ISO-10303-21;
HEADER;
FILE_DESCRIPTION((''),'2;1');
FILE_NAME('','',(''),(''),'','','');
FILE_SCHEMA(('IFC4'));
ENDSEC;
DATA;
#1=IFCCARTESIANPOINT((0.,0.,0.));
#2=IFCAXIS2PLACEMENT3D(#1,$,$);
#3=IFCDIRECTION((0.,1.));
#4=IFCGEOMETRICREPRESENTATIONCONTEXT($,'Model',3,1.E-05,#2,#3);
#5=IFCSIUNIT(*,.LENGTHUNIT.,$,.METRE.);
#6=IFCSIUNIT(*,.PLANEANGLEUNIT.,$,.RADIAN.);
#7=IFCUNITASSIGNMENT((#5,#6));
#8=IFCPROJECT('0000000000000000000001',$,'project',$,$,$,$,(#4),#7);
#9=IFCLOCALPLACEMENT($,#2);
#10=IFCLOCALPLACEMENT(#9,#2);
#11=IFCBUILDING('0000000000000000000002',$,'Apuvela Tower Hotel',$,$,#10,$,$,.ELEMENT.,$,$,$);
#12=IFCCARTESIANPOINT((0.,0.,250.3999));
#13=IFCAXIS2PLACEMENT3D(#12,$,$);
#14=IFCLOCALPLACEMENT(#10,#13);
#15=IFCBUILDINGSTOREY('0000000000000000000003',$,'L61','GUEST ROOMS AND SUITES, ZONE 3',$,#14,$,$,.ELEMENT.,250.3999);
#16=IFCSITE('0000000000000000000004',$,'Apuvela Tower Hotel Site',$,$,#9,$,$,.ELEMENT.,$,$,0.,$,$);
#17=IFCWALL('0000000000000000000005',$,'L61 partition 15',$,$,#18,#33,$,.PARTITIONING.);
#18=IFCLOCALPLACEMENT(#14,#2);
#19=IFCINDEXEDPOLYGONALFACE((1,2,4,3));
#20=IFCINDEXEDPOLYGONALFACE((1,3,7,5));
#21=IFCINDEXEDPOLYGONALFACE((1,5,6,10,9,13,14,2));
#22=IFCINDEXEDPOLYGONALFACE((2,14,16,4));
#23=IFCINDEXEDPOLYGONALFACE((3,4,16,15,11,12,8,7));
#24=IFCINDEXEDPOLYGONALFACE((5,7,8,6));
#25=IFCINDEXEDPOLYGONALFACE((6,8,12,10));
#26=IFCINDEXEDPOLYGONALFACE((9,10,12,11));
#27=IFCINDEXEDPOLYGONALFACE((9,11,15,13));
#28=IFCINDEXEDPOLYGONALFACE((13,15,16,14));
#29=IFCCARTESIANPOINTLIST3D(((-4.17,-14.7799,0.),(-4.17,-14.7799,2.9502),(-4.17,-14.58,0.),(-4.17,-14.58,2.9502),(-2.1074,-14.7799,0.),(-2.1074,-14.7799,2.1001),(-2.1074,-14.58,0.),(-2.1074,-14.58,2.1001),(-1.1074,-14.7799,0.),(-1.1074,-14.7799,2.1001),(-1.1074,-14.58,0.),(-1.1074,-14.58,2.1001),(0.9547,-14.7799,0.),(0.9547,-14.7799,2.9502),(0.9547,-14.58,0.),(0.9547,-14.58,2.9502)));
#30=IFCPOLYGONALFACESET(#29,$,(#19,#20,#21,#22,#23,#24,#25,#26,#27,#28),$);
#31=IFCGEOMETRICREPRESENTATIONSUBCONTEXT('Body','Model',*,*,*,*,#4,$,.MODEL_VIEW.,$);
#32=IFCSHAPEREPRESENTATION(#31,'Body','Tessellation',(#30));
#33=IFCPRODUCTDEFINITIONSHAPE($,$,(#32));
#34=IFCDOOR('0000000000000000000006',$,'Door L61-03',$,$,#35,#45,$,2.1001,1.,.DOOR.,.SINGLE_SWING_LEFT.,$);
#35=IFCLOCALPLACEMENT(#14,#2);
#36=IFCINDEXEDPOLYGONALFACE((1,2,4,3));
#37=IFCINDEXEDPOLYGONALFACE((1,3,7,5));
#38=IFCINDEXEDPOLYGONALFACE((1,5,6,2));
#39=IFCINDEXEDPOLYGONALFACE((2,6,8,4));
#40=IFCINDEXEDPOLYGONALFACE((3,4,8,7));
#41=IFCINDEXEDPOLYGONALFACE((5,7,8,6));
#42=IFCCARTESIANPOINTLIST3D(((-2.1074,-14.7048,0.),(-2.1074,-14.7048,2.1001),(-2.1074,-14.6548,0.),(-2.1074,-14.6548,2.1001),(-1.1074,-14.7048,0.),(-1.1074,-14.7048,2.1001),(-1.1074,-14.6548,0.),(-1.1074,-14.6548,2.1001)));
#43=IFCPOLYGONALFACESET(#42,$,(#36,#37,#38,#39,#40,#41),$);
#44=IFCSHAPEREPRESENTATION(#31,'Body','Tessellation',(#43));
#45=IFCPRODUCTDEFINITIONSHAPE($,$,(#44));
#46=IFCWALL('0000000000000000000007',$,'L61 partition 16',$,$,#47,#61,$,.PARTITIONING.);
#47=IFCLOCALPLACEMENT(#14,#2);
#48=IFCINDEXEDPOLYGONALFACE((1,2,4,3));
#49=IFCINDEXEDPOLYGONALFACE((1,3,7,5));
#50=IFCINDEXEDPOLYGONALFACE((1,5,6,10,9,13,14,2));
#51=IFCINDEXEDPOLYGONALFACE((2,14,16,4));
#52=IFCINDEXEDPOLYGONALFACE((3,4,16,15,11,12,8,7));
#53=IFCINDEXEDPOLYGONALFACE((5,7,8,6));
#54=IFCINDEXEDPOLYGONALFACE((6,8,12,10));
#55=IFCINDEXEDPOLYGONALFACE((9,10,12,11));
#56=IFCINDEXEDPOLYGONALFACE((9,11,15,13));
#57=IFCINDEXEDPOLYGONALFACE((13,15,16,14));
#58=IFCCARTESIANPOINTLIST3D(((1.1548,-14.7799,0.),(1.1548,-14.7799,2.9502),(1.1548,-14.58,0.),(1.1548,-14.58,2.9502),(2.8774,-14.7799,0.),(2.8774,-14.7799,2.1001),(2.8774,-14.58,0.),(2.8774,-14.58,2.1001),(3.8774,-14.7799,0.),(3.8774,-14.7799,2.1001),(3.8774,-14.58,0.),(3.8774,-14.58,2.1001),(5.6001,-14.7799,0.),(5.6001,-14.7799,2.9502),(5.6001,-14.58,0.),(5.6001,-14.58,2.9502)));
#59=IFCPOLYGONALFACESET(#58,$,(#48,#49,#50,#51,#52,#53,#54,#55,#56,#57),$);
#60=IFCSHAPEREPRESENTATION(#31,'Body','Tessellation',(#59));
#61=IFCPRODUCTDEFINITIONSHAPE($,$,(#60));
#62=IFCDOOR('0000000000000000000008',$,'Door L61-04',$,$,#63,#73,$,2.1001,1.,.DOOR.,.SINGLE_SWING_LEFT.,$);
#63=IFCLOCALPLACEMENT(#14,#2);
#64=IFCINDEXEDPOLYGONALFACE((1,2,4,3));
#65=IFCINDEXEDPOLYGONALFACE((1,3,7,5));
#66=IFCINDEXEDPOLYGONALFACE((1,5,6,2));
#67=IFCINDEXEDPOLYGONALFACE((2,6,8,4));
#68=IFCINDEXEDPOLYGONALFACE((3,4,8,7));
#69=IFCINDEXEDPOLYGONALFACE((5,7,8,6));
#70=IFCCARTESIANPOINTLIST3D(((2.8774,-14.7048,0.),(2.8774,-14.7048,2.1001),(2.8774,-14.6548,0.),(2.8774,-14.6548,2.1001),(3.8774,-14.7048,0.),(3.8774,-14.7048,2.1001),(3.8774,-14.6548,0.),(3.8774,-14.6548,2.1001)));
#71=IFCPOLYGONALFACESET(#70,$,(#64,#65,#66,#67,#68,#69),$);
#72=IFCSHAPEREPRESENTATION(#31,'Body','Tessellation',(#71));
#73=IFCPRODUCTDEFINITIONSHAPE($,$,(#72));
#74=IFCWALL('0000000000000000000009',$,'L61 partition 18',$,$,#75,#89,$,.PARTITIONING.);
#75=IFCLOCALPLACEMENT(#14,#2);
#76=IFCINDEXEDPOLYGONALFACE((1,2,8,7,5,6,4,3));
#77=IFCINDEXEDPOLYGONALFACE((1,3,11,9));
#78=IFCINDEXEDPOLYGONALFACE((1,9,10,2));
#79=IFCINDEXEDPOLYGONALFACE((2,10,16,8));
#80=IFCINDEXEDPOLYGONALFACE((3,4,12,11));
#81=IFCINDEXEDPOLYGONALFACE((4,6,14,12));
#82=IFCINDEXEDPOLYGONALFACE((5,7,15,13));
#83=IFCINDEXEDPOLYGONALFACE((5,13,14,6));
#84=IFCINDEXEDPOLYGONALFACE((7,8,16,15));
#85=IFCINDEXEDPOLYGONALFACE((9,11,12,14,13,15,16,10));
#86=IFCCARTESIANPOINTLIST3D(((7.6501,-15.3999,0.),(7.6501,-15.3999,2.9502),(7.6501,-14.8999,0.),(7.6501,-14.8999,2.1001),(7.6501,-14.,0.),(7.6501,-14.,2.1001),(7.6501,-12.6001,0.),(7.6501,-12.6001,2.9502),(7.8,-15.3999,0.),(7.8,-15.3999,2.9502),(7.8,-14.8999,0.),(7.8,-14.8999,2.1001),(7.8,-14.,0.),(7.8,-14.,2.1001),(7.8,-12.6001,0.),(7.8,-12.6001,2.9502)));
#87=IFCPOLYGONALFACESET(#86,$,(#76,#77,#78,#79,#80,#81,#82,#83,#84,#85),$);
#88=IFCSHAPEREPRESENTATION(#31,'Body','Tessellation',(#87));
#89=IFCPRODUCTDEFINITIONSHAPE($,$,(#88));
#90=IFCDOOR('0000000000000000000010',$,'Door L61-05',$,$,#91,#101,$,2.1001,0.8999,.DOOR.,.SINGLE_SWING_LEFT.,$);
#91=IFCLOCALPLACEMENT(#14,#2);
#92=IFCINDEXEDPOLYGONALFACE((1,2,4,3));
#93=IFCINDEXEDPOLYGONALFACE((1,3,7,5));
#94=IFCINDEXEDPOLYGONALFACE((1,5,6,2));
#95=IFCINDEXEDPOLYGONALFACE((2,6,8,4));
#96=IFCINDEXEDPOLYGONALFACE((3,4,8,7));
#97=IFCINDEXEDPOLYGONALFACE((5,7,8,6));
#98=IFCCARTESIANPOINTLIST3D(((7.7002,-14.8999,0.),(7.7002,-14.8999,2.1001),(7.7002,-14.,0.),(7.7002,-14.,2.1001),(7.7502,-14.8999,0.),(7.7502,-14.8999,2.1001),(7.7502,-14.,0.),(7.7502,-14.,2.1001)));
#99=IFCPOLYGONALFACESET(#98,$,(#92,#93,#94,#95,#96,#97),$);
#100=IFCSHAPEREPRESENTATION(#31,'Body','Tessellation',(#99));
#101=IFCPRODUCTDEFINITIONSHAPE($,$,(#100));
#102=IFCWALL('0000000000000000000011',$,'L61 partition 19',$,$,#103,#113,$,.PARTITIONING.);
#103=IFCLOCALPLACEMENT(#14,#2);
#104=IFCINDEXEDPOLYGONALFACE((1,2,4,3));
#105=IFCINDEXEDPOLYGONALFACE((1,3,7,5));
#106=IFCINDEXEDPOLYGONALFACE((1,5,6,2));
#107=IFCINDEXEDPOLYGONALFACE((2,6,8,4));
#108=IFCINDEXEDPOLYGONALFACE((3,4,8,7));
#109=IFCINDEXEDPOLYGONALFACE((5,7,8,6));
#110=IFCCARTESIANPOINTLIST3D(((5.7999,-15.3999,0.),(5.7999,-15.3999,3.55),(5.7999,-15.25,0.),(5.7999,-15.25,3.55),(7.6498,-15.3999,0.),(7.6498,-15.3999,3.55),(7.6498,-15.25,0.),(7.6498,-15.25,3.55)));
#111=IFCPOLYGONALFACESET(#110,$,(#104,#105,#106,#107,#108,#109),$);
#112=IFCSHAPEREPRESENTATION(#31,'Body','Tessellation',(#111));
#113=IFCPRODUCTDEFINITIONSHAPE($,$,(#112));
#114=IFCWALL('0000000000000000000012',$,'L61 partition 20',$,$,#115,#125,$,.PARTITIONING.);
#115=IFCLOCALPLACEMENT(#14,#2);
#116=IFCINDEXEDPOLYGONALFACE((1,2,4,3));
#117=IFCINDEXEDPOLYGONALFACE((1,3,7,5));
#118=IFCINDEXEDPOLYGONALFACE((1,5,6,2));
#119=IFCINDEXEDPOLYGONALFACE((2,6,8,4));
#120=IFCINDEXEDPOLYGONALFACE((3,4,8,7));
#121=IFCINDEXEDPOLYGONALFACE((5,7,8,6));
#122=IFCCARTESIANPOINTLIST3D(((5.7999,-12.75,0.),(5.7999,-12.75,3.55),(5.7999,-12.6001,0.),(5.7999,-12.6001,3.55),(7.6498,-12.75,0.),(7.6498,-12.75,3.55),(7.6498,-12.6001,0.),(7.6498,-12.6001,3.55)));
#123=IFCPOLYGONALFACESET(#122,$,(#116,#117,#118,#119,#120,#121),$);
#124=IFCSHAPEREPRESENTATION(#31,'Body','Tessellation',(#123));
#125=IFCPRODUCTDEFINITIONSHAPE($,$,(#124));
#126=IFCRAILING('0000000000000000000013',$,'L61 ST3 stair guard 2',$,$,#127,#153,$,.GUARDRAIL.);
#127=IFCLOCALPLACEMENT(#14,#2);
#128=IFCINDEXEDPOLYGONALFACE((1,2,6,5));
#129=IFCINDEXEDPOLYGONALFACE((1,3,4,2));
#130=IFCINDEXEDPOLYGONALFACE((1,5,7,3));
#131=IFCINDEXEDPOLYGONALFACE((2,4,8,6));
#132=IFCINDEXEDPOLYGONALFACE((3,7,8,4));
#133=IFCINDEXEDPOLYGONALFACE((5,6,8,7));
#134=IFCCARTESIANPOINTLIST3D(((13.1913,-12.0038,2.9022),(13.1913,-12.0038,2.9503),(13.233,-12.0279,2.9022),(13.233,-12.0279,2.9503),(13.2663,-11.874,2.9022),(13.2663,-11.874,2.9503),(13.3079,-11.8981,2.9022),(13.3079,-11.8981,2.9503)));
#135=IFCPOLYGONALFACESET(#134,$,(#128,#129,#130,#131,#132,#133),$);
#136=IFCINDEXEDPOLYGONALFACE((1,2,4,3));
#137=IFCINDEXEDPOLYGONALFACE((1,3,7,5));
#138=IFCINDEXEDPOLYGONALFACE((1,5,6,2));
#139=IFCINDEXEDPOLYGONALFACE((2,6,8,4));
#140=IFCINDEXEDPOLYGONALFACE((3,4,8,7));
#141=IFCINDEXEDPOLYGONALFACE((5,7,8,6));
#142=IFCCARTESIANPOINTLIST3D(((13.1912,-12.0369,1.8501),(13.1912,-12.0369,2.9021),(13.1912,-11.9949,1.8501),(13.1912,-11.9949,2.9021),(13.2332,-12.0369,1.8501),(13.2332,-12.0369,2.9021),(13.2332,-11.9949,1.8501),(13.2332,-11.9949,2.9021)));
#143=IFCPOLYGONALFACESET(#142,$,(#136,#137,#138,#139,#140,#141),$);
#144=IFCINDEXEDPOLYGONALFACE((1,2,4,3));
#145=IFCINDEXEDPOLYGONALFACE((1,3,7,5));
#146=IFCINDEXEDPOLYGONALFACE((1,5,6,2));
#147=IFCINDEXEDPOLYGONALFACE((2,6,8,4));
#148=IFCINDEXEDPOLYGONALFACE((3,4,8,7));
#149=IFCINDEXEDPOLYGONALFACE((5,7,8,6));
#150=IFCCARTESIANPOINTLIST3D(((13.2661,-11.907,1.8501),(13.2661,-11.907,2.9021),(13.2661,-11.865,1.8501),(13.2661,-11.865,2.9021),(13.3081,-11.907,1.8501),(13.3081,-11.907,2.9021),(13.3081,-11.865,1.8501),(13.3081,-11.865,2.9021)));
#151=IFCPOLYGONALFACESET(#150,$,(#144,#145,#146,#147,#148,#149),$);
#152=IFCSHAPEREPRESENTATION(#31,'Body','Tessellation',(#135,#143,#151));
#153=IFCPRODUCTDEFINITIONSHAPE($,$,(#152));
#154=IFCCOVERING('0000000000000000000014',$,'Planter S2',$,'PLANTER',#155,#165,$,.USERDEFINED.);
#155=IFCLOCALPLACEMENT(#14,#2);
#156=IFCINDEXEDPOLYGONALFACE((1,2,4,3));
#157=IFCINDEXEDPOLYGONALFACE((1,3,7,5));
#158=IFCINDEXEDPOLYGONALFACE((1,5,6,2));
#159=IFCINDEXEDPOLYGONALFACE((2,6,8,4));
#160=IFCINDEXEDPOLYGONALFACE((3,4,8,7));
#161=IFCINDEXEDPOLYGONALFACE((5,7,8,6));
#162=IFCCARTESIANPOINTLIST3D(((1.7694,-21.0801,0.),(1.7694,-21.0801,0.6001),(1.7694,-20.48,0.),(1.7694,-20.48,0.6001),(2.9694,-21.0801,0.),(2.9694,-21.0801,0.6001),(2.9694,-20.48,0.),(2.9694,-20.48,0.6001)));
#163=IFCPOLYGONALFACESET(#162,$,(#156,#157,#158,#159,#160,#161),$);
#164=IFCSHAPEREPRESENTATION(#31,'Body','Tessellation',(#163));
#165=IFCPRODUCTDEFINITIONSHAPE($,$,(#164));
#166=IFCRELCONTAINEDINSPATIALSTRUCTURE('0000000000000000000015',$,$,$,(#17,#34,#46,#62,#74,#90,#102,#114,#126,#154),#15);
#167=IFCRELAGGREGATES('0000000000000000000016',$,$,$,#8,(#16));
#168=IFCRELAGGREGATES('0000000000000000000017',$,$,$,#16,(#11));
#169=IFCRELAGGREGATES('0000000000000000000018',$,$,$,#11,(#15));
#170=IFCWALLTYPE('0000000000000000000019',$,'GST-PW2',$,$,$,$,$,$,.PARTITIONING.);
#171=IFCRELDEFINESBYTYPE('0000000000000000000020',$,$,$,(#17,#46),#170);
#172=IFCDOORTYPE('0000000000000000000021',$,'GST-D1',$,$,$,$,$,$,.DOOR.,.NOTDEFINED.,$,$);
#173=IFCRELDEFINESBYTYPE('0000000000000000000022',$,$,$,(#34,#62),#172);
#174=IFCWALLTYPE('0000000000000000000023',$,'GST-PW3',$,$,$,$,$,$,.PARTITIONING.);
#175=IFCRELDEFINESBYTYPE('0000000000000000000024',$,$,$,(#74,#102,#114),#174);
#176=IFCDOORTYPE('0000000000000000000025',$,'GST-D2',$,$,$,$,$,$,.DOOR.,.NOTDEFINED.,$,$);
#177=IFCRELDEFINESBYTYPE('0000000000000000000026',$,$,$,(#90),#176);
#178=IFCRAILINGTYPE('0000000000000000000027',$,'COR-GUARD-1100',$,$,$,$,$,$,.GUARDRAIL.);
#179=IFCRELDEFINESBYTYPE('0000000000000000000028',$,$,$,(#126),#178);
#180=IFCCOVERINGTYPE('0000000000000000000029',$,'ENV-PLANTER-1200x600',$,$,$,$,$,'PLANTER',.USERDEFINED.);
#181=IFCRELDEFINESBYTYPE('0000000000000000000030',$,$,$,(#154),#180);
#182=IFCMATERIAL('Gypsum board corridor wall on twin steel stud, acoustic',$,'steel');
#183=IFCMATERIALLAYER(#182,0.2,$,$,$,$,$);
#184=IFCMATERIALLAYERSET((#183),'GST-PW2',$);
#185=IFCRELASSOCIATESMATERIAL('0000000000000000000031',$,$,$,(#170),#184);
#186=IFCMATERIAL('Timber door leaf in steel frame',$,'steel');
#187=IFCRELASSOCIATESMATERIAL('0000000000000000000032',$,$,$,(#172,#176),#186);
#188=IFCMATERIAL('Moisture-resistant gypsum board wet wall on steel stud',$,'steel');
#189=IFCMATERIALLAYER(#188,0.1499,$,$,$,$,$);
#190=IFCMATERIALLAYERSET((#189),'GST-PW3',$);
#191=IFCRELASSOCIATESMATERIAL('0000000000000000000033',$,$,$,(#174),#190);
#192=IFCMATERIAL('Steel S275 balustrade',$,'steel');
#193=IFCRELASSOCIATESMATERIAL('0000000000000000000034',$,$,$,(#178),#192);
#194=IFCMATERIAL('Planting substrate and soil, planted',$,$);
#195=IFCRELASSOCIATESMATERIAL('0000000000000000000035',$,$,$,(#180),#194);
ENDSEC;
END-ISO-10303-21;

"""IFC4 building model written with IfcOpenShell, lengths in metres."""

from ifc_helpers import new_model, si_unit, direction, frame, frame_2d, origin, origin_2d, place, context, subcontext, project, spatial, rectangle, extrude, material, layer, layer_set, type_object, element, fill, save


model = new_model("IFC4")

# Units and contexts
model_context = context("Model", 3, precision=1e-05, world=origin(), true_north=direction((0.0, 1.0)))
body_context = subcontext(model_context, "Body", "Model", "MODEL_VIEW")
ifc_project = project(units=[si_unit("LENGTHUNIT", "METRE"), si_unit("PLANEANGLEUNIT", "RADIAN")], contexts=[model_context])

# Site, building, storey
site_placement = place(None, origin())
site = spatial("IfcSite", under=ifc_project, at=site_placement, Name="Apuvela Tower Hotel Site", CompositionType="ELEMENT", RefElevation=0.0)
building_placement = place(site_placement, origin())
building = spatial("IfcBuilding", under=site, at=building_placement, Name="Apuvela Tower Hotel", CompositionType="ELEMENT")
storey_placement = place(building_placement, frame((0.0, 0.0, 250.3999)))
storey = spatial("IfcBuildingStorey", under=building, at=storey_placement, Name="L61", Description="GUEST ROOMS AND SUITES, ZONE 3", CompositionType="ELEMENT", Elevation=250.3999)

# Walls, openings, doors
ifc_material_1 = material(Name="Gypsum board corridor wall on twin steel stud, acoustic", Category="steel")
ifc_layer_1 = layer(ifc_material_1, 0.2)
ifc_layer_set_1 = layer_set([ifc_layer_1], Name="GST-PW2")
wall_type_1 = type_object("IfcWallType", Name="GST-PW2", PredefinedType="PARTITIONING", material=ifc_layer_set_1)
wall_1_placement = place(storey_placement, frame((0.9548, -14.6799, 0.0), z_axis=(0.0, 0.0, 1.0), x_axis=(-1.0, 0.0, 0.0)))
wall_1 = element("IfcWall", 1, at=wall_1_placement, inside=storey, type_object=wall_type_1, Name="L61 partition 15", PredefinedType="PARTITIONING", context=body_context, shape_type="SweptSolid", body=[
    extrude(rectangle(XDim=5.1248, YDim=0.2, at=frame_2d((2.5625, 0.0))), origin(), (0.0, 0.0, 1.0), 2.9502),
])
opening_1_placement = place(wall_1_placement, frame((2.0623, 0.0, 0.0)))
opening_1 = element("IfcOpeningElement", 2, at=opening_1_placement, cuts=wall_1, PredefinedType="OPENING", context=body_context, shape_type="SweptSolid", body=[
    extrude(rectangle(XDim=1.0, YDim=2.1001, at=frame_2d((0.5, 1.05))), frame((0.0, 0.1099, 0.0), z_axis=(0.0, -1.0, 0.0), x_axis=(1.0, 0.0, 0.0)), (0.0, 0.0, 1.0), 0.22),
])
ifc_material_2 = material(Name="Timber door leaf in steel frame", Category="steel")
door_type_1 = type_object("IfcDoorType", Name="GST-D1", OperationType="NOTDEFINED", PredefinedType="DOOR", material=ifc_material_2)
door_1_placement = place(opening_1_placement, origin())
door_1 = element("IfcDoor", 3, at=door_1_placement, inside=storey, type_object=door_type_1, Name="Door L61-03", OperationType="SINGLE_SWING_LEFT", OverallHeight=2.1001, OverallWidth=1.0, PredefinedType="DOOR", context=body_context, shape_type="SweptSolid", body=[
    extrude(rectangle(XDim=1.0, YDim=2.1001, at=frame_2d((0.5, 1.05))), frame((0.0, 0.0249, 0.0), z_axis=(0.0, -1.0, 0.0), x_axis=(1.0, 0.0, 0.0)), (0.0, 0.0, 1.0), 0.05),
])
fill(opening_1, door_1)
wall_2_placement = place(storey_placement, frame((5.6001, -14.6799, 0.0), z_axis=(0.0, 0.0, 1.0), x_axis=(-1.0, 0.0, 0.0)))
wall_2 = element("IfcWall", 4, at=wall_2_placement, inside=storey, type_object=wall_type_1, Name="L61 partition 16", PredefinedType="PARTITIONING", context=body_context, shape_type="SweptSolid", body=[
    extrude(rectangle(XDim=4.4453, YDim=0.2, at=frame_2d((2.2227, 0.0))), origin(), (0.0, 0.0, 1.0), 2.9502),
])
opening_2_placement = place(wall_2_placement, frame((1.7227, 0.0, 0.0)))
opening_2 = element("IfcOpeningElement", 5, at=opening_2_placement, cuts=wall_2, PredefinedType="OPENING", context=body_context, shape_type="SweptSolid", body=[
    extrude(rectangle(XDim=1.0, YDim=2.1001, at=frame_2d((0.5, 1.05))), frame((0.0, 0.1099, 0.0), z_axis=(0.0, -1.0, 0.0), x_axis=(1.0, 0.0, 0.0)), (0.0, 0.0, 1.0), 0.22),
])
door_2_placement = place(opening_2_placement, origin())
door_2 = element("IfcDoor", 6, at=door_2_placement, inside=storey, type_object=door_type_1, Name="Door L61-04", OperationType="SINGLE_SWING_LEFT", OverallHeight=2.1001, OverallWidth=1.0, PredefinedType="DOOR", context=body_context, shape_type="SweptSolid", body=[
    extrude(rectangle(XDim=1.0, YDim=2.1001, at=frame_2d((0.5, 1.05))), frame((0.0, 0.0249, 0.0), z_axis=(0.0, -1.0, 0.0), x_axis=(1.0, 0.0, 0.0)), (0.0, 0.0, 1.0), 0.05),
])
fill(opening_2, door_2)
ifc_material_3 = material(Name="Moisture-resistant gypsum board wet wall on steel stud", Category="steel")
ifc_layer_2 = layer(ifc_material_3, 0.1499)
ifc_layer_set_2 = layer_set([ifc_layer_2], Name="GST-PW3")
wall_type_2 = type_object("IfcWallType", Name="GST-PW3", PredefinedType="PARTITIONING", material=ifc_layer_set_2)
wall_3_placement = place(storey_placement, frame((7.7251, -15.3999, 0.0), z_axis=(0.0, 0.0, 1.0), x_axis=(0.0, 1.0, 0.0)))
wall_3 = element("IfcWall", 7, at=wall_3_placement, inside=storey, type_object=wall_type_2, Name="L61 partition 18", PredefinedType="PARTITIONING", context=body_context, shape_type="SweptSolid", body=[
    extrude(rectangle(XDim=2.7998, YDim=0.1499, at=frame_2d((1.3999, 0.0))), origin(), (0.0, 0.0, 1.0), 2.9502),
])
opening_3_placement = place(wall_3_placement, frame((0.5, 0.0, 0.0)))
opening_3 = element("IfcOpeningElement", 8, at=opening_3_placement, cuts=wall_3, PredefinedType="OPENING", context=body_context, shape_type="SweptSolid", body=[
    extrude(rectangle(XDim=0.8999, YDim=2.1001, at=frame_2d((0.45, 1.05))), frame((0.0, 0.085, 0.0), z_axis=(0.0, -1.0, 0.0), x_axis=(1.0, 0.0, 0.0)), (0.0, 0.0, 1.0), 0.1699),
])
door_type_2 = type_object("IfcDoorType", Name="GST-D2", OperationType="NOTDEFINED", PredefinedType="DOOR", material=ifc_material_2)
door_3_placement = place(opening_3_placement, origin())
door_3 = element("IfcDoor", 9, at=door_3_placement, inside=storey, type_object=door_type_2, Name="Door L61-05", OperationType="SINGLE_SWING_LEFT", OverallHeight=2.1001, OverallWidth=0.8999, PredefinedType="DOOR", context=body_context, shape_type="SweptSolid", body=[
    extrude(rectangle(XDim=0.8999, YDim=2.1001, at=frame_2d((0.45, 1.05))), frame((0.0, 0.0249, 0.0), z_axis=(0.0, -1.0, 0.0), x_axis=(1.0, 0.0, 0.0)), (0.0, 0.0, 1.0), 0.05),
])
fill(opening_3, door_3)

# Walls
for number, where, z_axis, x_axis, name in (
    (10, (5.8, -15.325, 0.0), (0.0, 0.0, 1.0), (1.0, 0.0, 0.0), "L61 partition 19"),
    (11, (5.8, -12.675, 0.0), (0.0, 0.0, 1.0), (1.0, 0.0, 0.0), "L61 partition 20"),
):
    element("IfcWall", number, at=place(storey_placement, frame(where, z_axis=z_axis, x_axis=x_axis)), inside=storey, type_object=wall_type_2, Name=name, PredefinedType="PARTITIONING", context=body_context, shape_type="SweptSolid", body=[
        extrude(rectangle(XDim=1.8499, YDim=0.1499, at=frame_2d((0.9248, 0.0))), origin(), (0.0, 0.0, 1.0), 3.55),
    ])

# Railing
ifc_material_4 = material(Name="Steel S275 balustrade", Category="steel")
railing_type = type_object("IfcRailingType", Name="COR-GUARD-1100", PredefinedType="GUARDRAIL", material=ifc_material_4)
railing_placement = place(storey_placement, frame((13.2122, -12.0159, 1.8501)))
element("IfcRailing", 12, at=railing_placement, inside=storey, type_object=railing_type, Name="L61 ST3 stair guard 2", PredefinedType="GUARDRAIL", context=body_context, shape_type="SweptSolid", body=[
    extrude(rectangle(XDim=0.0481, YDim=0.0481, at=origin_2d()), frame((0.0, 0.0, 1.0762), z_axis=(0.499816, 0.866131, 0.0), x_axis=(-0.866131, 0.499816, 0.0)), (0.0, 0.0, 1.0), 0.1499),
    extrude(rectangle(XDim=0.042, YDim=0.042, at=origin_2d()), origin(), (0.0, 0.0, 1.0), 1.052),
    extrude(rectangle(XDim=0.042, YDim=0.042, at=origin_2d()), frame((0.075, 0.1299, 0.0)), (0.0, 0.0, 1.0), 1.052),
])

# Covering
ifc_material_5 = material(Name="Planting substrate and soil, planted")
covering_type = type_object("IfcCoveringType", Name="ENV-PLANTER-1200x600", ElementType="PLANTER", PredefinedType="USERDEFINED", material=ifc_material_5)
covering_placement = place(storey_placement, frame((2.3694, -20.78, 0.0), z_axis=(0.0, 0.0, 1.0), x_axis=(1.0, 0.0, 0.0)))
element("IfcCovering", 13, at=covering_placement, inside=storey, type_object=covering_type, Name="Planter S2", ObjectType="PLANTER", PredefinedType="USERDEFINED", context=body_context, shape_type="SweptSolid", body=[
    extrude(rectangle(XDim=1.2, YDim=0.6001, at=origin_2d()), origin(), (0.0, 0.0, 1.0), 0.6001),
])

save(model, "model.ifc")
